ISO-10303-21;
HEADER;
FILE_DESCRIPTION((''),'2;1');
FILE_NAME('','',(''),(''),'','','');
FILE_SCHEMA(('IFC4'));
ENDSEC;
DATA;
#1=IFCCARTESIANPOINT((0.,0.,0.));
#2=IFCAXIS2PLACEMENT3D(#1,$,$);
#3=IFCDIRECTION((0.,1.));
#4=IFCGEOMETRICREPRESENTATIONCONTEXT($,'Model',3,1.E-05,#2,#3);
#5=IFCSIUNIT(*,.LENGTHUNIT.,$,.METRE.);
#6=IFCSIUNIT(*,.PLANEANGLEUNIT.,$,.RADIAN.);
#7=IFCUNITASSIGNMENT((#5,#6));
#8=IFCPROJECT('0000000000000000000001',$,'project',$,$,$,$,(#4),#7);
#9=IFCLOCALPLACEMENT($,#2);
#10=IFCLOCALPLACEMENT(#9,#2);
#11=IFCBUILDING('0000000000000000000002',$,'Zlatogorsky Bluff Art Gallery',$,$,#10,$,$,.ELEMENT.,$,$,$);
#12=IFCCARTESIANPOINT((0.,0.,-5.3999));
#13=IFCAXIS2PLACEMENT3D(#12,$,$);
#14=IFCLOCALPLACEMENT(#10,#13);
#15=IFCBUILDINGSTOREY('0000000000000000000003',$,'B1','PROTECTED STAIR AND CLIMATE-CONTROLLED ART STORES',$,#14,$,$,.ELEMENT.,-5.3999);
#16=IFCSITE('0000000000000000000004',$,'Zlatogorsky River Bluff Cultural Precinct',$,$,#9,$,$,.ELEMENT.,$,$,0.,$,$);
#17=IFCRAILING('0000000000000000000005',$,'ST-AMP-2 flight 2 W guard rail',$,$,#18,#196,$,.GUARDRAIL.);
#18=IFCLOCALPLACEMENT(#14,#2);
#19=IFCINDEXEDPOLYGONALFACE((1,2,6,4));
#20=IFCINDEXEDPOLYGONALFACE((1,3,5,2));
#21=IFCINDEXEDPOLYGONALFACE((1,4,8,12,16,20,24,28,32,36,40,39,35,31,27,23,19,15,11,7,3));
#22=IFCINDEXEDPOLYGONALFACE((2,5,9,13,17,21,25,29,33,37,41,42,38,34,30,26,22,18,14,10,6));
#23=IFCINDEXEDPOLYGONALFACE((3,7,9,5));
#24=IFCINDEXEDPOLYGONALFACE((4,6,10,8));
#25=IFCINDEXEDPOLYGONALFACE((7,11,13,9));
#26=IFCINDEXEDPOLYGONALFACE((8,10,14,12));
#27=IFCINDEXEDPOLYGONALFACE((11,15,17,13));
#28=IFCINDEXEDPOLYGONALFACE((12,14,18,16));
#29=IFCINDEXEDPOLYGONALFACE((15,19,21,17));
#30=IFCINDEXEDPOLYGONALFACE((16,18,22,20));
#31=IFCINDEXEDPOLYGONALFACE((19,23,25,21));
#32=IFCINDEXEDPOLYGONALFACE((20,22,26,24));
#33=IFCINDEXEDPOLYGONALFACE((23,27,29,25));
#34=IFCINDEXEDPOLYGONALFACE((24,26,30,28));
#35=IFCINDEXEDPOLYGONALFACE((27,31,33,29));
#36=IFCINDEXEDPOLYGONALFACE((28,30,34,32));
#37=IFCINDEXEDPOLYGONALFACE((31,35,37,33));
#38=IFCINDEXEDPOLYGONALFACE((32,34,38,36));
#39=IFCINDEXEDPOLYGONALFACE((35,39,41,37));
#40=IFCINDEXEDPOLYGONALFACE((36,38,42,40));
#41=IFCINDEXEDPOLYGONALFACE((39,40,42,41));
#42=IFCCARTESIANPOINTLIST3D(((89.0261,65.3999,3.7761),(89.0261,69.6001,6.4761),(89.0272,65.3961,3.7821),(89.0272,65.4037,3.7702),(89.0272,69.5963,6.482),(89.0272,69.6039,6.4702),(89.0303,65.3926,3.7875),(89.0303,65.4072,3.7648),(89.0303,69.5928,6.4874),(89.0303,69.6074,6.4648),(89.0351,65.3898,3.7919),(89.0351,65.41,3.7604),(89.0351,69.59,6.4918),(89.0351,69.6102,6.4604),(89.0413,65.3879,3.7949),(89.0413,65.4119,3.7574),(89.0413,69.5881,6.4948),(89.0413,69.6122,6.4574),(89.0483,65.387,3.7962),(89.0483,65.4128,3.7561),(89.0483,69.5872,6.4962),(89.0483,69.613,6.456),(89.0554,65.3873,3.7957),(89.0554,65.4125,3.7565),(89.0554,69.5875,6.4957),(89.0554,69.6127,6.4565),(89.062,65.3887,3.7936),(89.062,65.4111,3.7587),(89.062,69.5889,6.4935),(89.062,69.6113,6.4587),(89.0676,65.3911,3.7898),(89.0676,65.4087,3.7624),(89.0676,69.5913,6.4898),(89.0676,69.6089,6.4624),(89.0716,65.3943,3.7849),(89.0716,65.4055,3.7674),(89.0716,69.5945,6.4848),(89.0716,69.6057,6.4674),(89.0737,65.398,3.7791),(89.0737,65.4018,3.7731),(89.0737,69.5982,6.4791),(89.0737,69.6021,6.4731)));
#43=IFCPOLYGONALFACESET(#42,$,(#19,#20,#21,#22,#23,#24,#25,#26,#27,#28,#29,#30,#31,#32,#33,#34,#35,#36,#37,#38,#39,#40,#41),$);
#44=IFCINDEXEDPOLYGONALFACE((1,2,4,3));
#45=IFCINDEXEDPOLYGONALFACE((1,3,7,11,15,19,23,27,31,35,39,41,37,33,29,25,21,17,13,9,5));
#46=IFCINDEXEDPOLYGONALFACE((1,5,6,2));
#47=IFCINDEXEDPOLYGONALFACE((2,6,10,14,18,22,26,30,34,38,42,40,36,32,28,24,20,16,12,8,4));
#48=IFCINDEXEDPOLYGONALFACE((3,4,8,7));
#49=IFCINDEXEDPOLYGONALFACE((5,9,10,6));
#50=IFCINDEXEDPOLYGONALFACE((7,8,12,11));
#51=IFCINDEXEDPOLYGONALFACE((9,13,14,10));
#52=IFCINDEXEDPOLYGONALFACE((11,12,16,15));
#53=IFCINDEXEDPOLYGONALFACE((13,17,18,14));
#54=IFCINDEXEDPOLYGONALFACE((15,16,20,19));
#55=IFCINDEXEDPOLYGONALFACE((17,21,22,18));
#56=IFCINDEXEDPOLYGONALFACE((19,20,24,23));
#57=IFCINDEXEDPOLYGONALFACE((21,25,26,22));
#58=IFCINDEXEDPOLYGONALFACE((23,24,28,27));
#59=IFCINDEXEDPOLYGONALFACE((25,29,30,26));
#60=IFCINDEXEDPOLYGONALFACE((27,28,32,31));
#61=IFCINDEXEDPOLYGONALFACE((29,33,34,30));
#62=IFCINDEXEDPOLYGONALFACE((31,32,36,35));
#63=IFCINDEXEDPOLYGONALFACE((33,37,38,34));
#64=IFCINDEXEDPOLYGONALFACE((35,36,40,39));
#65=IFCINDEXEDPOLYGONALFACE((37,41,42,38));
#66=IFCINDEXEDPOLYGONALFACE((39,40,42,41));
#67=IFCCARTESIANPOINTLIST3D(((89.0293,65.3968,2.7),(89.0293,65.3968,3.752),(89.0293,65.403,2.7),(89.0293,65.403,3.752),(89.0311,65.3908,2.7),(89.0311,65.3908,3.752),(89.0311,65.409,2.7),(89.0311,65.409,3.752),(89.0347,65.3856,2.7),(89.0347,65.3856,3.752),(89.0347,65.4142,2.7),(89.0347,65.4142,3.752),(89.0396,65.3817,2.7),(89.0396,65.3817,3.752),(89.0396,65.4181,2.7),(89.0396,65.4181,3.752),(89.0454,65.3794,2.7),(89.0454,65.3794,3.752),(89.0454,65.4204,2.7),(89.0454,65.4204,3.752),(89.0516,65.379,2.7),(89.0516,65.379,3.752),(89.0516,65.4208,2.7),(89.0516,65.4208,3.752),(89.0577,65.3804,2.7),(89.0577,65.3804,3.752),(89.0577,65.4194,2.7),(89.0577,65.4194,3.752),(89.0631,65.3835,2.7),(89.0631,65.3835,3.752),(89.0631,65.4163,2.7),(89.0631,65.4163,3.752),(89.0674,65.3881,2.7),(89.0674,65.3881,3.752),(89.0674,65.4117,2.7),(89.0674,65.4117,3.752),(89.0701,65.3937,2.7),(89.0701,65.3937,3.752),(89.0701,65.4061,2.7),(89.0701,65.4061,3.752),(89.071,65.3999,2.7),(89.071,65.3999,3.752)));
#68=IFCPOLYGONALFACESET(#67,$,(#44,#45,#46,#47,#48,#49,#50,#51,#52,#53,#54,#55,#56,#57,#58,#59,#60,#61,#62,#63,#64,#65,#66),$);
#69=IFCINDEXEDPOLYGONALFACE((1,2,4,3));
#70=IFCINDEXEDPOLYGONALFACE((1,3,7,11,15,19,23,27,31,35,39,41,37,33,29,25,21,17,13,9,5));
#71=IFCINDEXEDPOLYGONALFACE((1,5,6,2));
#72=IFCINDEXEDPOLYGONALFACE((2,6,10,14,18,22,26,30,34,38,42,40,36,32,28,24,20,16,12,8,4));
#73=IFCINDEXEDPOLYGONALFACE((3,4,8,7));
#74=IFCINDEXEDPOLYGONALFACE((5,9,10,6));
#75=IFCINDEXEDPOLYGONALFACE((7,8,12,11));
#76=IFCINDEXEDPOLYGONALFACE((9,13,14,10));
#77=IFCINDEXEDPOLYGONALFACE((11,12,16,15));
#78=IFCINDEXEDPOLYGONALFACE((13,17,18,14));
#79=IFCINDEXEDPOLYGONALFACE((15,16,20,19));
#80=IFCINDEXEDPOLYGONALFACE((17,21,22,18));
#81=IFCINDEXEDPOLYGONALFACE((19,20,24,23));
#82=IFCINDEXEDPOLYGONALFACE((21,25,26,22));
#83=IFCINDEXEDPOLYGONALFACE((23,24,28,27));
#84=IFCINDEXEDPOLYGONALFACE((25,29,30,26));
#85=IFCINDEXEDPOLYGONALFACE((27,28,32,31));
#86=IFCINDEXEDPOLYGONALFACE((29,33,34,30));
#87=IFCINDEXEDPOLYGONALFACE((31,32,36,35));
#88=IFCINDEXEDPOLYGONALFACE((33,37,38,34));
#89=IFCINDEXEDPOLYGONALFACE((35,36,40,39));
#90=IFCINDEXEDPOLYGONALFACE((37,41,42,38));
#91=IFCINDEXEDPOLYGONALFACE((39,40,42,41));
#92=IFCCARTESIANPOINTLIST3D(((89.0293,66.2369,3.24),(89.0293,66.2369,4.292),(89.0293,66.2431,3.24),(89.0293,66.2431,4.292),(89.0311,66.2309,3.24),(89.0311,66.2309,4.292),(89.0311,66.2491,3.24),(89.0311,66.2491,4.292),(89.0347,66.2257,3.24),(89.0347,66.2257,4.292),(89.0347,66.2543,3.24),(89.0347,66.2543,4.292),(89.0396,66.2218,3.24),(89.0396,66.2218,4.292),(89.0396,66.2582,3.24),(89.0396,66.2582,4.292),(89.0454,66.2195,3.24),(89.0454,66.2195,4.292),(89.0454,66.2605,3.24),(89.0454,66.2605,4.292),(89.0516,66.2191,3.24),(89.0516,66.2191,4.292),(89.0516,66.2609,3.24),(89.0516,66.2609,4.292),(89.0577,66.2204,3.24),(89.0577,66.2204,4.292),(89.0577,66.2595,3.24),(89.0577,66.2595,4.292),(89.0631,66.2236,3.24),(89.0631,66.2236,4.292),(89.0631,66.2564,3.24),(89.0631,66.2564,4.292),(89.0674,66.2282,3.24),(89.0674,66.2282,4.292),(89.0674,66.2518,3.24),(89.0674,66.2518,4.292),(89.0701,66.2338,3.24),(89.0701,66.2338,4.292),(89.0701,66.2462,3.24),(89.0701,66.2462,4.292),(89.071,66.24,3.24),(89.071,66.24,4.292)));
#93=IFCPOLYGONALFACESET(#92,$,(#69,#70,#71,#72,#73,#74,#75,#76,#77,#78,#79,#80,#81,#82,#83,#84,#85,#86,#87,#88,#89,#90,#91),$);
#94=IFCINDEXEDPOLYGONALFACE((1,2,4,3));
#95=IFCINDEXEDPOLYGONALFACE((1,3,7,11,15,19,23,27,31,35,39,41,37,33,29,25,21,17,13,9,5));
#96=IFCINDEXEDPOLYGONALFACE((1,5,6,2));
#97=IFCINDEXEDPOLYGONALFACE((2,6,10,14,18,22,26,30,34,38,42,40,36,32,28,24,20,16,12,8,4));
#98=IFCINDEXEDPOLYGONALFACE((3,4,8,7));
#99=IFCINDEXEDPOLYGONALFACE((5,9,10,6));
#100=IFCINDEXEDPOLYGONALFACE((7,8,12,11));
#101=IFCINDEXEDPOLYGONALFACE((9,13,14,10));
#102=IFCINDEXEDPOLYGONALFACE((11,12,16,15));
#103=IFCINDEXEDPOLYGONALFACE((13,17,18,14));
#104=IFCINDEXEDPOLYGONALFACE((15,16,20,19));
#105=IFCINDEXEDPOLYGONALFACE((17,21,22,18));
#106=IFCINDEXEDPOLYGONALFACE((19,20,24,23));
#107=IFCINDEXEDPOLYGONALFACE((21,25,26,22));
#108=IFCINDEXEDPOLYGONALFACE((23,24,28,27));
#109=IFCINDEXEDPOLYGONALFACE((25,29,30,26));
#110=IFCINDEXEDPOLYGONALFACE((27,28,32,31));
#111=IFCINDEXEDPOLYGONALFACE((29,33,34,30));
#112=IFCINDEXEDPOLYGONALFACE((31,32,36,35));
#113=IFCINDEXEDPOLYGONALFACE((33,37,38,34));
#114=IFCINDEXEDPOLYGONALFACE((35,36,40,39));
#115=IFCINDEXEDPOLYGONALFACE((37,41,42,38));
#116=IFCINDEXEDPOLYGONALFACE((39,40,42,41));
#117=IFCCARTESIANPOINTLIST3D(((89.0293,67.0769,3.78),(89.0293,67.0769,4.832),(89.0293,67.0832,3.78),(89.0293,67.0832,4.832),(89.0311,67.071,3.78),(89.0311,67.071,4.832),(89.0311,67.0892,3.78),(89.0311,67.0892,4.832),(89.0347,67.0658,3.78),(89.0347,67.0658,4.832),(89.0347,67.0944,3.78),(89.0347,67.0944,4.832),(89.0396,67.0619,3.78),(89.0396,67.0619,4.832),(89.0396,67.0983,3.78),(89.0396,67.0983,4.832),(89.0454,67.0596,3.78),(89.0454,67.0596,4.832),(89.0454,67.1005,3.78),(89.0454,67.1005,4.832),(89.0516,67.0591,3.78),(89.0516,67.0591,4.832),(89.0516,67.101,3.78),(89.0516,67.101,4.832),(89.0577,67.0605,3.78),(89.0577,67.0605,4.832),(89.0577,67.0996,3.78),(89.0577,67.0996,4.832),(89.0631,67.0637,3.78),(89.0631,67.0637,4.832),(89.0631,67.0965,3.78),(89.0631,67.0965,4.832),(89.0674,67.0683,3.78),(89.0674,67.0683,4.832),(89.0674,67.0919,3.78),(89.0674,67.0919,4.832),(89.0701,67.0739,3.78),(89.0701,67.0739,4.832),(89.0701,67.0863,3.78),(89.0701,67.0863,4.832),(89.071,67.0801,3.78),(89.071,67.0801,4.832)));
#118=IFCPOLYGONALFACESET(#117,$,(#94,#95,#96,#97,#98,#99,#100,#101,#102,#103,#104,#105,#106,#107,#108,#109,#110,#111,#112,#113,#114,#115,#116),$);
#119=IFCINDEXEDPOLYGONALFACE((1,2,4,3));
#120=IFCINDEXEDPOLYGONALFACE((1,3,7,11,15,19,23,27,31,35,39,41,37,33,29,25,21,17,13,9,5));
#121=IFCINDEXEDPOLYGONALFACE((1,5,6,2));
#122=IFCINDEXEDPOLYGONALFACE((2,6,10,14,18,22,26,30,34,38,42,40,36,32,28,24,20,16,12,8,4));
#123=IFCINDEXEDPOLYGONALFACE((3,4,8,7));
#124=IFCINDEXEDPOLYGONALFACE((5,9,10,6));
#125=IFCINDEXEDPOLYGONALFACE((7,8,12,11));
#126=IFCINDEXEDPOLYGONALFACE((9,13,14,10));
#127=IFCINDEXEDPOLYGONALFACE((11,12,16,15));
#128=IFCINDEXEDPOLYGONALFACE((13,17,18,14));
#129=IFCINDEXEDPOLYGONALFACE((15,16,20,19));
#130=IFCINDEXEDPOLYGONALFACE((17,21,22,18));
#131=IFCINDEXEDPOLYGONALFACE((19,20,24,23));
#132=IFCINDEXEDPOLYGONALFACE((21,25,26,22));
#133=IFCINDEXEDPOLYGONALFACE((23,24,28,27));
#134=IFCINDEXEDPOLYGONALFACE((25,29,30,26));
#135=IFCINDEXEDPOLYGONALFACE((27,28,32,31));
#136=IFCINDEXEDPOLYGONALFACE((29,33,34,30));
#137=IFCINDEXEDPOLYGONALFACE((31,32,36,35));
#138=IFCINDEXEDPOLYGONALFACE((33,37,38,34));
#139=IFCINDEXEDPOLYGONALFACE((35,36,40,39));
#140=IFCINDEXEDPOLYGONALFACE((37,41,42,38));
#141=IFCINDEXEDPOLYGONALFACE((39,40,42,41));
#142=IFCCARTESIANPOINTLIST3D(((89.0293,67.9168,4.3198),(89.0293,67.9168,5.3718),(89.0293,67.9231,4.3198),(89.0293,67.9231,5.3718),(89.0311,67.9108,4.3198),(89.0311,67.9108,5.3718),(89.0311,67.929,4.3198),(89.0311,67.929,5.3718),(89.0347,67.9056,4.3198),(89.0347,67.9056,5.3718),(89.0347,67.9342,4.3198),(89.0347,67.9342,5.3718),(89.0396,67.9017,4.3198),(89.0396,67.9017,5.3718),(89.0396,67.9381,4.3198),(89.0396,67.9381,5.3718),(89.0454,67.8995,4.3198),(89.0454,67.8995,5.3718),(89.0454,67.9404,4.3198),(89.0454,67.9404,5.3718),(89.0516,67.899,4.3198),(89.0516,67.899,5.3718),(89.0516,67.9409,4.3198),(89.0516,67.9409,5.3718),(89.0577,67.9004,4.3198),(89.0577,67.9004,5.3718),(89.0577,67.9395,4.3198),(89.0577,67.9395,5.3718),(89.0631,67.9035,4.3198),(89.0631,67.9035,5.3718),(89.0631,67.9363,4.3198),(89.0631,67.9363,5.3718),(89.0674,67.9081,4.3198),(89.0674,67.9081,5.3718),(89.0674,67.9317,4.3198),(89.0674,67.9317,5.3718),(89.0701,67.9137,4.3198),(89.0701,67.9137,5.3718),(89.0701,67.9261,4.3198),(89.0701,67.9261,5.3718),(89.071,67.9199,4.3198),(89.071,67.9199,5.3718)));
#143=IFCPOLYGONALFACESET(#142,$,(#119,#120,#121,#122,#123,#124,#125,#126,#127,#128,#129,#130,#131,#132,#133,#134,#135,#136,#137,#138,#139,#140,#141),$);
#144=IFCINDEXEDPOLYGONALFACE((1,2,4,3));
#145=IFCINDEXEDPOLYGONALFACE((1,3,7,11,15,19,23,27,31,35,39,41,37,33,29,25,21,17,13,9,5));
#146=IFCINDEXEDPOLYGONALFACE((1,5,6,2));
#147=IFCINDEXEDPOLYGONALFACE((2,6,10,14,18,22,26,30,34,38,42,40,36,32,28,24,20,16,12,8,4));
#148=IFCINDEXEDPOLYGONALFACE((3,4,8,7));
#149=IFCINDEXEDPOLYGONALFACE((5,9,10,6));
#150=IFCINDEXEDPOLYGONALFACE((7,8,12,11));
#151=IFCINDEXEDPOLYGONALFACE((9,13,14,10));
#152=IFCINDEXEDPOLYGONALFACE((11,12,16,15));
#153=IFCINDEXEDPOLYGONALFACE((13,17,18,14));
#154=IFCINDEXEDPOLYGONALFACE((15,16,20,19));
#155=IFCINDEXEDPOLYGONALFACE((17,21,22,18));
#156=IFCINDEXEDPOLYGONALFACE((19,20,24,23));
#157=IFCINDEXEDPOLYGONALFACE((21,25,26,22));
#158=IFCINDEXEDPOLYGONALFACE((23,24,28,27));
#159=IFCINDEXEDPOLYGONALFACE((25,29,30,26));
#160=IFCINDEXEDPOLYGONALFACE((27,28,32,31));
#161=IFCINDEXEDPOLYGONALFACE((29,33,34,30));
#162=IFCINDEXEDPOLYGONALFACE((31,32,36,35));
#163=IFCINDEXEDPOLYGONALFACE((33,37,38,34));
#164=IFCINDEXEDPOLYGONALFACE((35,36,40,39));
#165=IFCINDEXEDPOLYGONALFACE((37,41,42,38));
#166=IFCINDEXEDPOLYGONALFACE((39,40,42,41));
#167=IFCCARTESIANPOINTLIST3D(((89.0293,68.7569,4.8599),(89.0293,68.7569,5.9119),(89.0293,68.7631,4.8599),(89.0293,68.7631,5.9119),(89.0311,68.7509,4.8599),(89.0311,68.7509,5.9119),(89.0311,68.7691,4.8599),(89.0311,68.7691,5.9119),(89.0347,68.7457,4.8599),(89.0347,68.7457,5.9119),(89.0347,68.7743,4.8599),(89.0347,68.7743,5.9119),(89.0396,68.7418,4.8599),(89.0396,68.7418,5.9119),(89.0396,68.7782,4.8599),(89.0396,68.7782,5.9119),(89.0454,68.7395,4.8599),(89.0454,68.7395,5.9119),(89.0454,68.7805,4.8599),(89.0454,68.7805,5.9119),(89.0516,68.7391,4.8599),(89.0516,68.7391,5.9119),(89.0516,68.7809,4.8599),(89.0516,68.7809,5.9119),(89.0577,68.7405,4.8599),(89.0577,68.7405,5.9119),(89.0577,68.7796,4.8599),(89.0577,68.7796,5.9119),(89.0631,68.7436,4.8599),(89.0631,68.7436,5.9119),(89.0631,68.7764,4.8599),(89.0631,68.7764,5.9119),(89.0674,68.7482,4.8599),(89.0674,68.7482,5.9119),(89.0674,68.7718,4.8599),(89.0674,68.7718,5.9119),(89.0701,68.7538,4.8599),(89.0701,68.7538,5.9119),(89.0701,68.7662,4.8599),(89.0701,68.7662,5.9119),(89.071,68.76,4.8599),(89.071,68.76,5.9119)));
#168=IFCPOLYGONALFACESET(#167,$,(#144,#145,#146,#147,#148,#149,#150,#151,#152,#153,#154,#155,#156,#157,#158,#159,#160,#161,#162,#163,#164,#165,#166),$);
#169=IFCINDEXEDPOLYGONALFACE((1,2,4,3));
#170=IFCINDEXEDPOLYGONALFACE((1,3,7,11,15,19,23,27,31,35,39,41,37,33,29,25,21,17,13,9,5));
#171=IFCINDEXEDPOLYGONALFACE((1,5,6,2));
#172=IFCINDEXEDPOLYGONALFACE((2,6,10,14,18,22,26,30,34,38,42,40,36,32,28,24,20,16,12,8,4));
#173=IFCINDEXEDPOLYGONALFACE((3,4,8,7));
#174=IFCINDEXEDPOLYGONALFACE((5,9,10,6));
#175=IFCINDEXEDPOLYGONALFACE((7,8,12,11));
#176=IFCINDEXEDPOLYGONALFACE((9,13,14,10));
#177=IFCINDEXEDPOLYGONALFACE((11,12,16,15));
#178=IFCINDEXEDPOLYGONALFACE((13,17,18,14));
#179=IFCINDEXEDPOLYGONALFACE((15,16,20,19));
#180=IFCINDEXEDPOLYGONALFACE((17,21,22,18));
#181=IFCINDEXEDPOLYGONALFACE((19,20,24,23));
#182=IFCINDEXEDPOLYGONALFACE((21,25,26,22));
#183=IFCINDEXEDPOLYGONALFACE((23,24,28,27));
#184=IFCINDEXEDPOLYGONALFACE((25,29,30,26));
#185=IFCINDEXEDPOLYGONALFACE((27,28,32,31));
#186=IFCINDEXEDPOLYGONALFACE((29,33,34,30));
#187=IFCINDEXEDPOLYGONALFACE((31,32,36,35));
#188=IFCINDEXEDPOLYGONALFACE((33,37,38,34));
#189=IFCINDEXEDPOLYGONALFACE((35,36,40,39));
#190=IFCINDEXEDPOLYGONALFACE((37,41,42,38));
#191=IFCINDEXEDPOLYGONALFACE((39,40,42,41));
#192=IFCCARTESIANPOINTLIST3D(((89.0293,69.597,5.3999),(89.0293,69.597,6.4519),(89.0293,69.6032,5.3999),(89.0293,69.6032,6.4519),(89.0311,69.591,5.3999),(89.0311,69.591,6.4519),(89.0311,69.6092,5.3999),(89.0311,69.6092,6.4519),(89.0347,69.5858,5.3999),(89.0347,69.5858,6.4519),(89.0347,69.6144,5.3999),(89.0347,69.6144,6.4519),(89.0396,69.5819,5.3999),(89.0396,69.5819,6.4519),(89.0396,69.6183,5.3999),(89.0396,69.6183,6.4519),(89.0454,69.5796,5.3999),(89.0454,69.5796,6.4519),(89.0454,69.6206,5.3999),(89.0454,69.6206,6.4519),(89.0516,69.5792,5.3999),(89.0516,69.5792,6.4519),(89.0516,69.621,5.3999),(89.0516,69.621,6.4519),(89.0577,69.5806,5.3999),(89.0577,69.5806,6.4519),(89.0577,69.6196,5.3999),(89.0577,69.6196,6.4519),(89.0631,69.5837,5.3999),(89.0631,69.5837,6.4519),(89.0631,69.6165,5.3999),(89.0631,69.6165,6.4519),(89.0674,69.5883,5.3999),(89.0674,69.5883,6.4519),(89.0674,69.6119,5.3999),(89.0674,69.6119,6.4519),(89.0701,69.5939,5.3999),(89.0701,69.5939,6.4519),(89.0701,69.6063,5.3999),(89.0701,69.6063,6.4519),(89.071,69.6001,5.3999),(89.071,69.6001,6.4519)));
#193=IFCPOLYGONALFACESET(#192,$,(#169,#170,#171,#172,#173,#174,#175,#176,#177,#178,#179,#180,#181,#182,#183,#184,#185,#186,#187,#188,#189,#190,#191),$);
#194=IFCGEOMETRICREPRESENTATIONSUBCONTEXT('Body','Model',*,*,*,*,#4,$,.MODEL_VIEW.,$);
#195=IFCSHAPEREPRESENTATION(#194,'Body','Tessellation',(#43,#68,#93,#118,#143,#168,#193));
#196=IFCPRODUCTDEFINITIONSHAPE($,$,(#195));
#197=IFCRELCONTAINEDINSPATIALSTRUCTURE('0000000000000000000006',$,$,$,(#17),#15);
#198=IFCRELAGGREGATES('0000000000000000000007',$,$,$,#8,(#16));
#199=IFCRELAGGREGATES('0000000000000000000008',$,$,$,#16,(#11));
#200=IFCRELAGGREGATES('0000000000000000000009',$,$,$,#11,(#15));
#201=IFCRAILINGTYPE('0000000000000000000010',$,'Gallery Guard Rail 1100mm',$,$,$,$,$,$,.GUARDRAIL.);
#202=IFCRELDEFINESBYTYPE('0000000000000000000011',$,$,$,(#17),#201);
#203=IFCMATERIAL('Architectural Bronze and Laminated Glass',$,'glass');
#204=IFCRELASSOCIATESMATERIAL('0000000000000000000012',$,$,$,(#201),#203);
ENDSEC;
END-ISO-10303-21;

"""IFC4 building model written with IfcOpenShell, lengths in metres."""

from ifc_helpers import new_model, si_unit, direction, frame, origin, origin_2d, place, context, subcontext, project, spatial, circle, extrude, material, type_object, element, save


model = new_model("IFC4")

# Units and contexts
model_context = context("Model", 3, precision=1e-05, world=origin(), true_north=direction((0.0, 1.0)))
body_context = subcontext(model_context, "Body", "Model", "MODEL_VIEW")
ifc_project = project(units=[si_unit("LENGTHUNIT", "METRE"), si_unit("PLANEANGLEUNIT", "RADIAN")], contexts=[model_context])

# Site, building, storey
site_placement = place(None, origin())
site = spatial("IfcSite", under=ifc_project, at=site_placement, Name="Zlatogorsky River Bluff Cultural Precinct", CompositionType="ELEMENT", RefElevation=0.0)
building_placement = place(site_placement, origin())
building = spatial("IfcBuilding", under=site, at=building_placement, Name="Zlatogorsky Bluff Art Gallery", CompositionType="ELEMENT")
storey_placement = place(building_placement, frame((0.0, 0.0, -5.3999)))
storey = spatial("IfcBuildingStorey", under=building, at=storey_placement, Name="B1", Description="PROTECTED STAIR AND CLIMATE-CONTROLLED ART STORES", CompositionType="ELEMENT", Elevation=-5.3999)

# Railing
ifc_material_1 = material(Name="Architectural Bronze and Laminated Glass", Category="glass")
railing_type_1 = type_object("IfcRailingType", Name="Gallery Guard Rail 1100mm", PredefinedType="GUARDRAIL", material=ifc_material_1)
for number, where, name in (
    (1, (89.05, 65.3999, 2.7), "ST-AMP-2 flight 2 W guard rail"),
):
    element("IfcRailing", number, at=place(storey_placement, frame(where)), inside=storey, type_object=railing_type_1, Name=name, PredefinedType="GUARDRAIL", context=body_context, shape_type="SweptSolid", body=[
        extrude(circle(Radius=0.0239, at=origin_2d()), frame((0.0, 0.0, 1.0762), z_axis=(0.0, 0.841194, 0.540733), x_axis=(-1.0, 0.0, 0.0)), (0.0, 0.0, 1.0), 4.9932),
        extrude(circle(Radius=0.021, at=origin_2d()), origin(), (0.0, 0.0, 1.0), 1.052),
        extrude(circle(Radius=0.021, at=origin_2d()), frame((0.0, 0.8401, 0.54)), (0.0, 0.0, 1.0), 1.052),
        extrude(circle(Radius=0.021, at=origin_2d()), frame((0.0, 1.6802, 1.0801)), (0.0, 0.0, 1.0), 1.052),
        extrude(circle(Radius=0.021, at=origin_2d()), frame((0.0, 2.52, 1.6199)), (0.0, 0.0, 1.0), 1.052),
        extrude(circle(Radius=0.021, at=origin_2d()), frame((0.0, 3.3601, 2.1599)), (0.0, 0.0, 1.0), 1.052),
        extrude(circle(Radius=0.021, at=origin_2d()), frame((0.0, 4.2002, 2.7)), (0.0, 0.0, 1.0), 1.052),
    ])

save(model, "model.ifc")
